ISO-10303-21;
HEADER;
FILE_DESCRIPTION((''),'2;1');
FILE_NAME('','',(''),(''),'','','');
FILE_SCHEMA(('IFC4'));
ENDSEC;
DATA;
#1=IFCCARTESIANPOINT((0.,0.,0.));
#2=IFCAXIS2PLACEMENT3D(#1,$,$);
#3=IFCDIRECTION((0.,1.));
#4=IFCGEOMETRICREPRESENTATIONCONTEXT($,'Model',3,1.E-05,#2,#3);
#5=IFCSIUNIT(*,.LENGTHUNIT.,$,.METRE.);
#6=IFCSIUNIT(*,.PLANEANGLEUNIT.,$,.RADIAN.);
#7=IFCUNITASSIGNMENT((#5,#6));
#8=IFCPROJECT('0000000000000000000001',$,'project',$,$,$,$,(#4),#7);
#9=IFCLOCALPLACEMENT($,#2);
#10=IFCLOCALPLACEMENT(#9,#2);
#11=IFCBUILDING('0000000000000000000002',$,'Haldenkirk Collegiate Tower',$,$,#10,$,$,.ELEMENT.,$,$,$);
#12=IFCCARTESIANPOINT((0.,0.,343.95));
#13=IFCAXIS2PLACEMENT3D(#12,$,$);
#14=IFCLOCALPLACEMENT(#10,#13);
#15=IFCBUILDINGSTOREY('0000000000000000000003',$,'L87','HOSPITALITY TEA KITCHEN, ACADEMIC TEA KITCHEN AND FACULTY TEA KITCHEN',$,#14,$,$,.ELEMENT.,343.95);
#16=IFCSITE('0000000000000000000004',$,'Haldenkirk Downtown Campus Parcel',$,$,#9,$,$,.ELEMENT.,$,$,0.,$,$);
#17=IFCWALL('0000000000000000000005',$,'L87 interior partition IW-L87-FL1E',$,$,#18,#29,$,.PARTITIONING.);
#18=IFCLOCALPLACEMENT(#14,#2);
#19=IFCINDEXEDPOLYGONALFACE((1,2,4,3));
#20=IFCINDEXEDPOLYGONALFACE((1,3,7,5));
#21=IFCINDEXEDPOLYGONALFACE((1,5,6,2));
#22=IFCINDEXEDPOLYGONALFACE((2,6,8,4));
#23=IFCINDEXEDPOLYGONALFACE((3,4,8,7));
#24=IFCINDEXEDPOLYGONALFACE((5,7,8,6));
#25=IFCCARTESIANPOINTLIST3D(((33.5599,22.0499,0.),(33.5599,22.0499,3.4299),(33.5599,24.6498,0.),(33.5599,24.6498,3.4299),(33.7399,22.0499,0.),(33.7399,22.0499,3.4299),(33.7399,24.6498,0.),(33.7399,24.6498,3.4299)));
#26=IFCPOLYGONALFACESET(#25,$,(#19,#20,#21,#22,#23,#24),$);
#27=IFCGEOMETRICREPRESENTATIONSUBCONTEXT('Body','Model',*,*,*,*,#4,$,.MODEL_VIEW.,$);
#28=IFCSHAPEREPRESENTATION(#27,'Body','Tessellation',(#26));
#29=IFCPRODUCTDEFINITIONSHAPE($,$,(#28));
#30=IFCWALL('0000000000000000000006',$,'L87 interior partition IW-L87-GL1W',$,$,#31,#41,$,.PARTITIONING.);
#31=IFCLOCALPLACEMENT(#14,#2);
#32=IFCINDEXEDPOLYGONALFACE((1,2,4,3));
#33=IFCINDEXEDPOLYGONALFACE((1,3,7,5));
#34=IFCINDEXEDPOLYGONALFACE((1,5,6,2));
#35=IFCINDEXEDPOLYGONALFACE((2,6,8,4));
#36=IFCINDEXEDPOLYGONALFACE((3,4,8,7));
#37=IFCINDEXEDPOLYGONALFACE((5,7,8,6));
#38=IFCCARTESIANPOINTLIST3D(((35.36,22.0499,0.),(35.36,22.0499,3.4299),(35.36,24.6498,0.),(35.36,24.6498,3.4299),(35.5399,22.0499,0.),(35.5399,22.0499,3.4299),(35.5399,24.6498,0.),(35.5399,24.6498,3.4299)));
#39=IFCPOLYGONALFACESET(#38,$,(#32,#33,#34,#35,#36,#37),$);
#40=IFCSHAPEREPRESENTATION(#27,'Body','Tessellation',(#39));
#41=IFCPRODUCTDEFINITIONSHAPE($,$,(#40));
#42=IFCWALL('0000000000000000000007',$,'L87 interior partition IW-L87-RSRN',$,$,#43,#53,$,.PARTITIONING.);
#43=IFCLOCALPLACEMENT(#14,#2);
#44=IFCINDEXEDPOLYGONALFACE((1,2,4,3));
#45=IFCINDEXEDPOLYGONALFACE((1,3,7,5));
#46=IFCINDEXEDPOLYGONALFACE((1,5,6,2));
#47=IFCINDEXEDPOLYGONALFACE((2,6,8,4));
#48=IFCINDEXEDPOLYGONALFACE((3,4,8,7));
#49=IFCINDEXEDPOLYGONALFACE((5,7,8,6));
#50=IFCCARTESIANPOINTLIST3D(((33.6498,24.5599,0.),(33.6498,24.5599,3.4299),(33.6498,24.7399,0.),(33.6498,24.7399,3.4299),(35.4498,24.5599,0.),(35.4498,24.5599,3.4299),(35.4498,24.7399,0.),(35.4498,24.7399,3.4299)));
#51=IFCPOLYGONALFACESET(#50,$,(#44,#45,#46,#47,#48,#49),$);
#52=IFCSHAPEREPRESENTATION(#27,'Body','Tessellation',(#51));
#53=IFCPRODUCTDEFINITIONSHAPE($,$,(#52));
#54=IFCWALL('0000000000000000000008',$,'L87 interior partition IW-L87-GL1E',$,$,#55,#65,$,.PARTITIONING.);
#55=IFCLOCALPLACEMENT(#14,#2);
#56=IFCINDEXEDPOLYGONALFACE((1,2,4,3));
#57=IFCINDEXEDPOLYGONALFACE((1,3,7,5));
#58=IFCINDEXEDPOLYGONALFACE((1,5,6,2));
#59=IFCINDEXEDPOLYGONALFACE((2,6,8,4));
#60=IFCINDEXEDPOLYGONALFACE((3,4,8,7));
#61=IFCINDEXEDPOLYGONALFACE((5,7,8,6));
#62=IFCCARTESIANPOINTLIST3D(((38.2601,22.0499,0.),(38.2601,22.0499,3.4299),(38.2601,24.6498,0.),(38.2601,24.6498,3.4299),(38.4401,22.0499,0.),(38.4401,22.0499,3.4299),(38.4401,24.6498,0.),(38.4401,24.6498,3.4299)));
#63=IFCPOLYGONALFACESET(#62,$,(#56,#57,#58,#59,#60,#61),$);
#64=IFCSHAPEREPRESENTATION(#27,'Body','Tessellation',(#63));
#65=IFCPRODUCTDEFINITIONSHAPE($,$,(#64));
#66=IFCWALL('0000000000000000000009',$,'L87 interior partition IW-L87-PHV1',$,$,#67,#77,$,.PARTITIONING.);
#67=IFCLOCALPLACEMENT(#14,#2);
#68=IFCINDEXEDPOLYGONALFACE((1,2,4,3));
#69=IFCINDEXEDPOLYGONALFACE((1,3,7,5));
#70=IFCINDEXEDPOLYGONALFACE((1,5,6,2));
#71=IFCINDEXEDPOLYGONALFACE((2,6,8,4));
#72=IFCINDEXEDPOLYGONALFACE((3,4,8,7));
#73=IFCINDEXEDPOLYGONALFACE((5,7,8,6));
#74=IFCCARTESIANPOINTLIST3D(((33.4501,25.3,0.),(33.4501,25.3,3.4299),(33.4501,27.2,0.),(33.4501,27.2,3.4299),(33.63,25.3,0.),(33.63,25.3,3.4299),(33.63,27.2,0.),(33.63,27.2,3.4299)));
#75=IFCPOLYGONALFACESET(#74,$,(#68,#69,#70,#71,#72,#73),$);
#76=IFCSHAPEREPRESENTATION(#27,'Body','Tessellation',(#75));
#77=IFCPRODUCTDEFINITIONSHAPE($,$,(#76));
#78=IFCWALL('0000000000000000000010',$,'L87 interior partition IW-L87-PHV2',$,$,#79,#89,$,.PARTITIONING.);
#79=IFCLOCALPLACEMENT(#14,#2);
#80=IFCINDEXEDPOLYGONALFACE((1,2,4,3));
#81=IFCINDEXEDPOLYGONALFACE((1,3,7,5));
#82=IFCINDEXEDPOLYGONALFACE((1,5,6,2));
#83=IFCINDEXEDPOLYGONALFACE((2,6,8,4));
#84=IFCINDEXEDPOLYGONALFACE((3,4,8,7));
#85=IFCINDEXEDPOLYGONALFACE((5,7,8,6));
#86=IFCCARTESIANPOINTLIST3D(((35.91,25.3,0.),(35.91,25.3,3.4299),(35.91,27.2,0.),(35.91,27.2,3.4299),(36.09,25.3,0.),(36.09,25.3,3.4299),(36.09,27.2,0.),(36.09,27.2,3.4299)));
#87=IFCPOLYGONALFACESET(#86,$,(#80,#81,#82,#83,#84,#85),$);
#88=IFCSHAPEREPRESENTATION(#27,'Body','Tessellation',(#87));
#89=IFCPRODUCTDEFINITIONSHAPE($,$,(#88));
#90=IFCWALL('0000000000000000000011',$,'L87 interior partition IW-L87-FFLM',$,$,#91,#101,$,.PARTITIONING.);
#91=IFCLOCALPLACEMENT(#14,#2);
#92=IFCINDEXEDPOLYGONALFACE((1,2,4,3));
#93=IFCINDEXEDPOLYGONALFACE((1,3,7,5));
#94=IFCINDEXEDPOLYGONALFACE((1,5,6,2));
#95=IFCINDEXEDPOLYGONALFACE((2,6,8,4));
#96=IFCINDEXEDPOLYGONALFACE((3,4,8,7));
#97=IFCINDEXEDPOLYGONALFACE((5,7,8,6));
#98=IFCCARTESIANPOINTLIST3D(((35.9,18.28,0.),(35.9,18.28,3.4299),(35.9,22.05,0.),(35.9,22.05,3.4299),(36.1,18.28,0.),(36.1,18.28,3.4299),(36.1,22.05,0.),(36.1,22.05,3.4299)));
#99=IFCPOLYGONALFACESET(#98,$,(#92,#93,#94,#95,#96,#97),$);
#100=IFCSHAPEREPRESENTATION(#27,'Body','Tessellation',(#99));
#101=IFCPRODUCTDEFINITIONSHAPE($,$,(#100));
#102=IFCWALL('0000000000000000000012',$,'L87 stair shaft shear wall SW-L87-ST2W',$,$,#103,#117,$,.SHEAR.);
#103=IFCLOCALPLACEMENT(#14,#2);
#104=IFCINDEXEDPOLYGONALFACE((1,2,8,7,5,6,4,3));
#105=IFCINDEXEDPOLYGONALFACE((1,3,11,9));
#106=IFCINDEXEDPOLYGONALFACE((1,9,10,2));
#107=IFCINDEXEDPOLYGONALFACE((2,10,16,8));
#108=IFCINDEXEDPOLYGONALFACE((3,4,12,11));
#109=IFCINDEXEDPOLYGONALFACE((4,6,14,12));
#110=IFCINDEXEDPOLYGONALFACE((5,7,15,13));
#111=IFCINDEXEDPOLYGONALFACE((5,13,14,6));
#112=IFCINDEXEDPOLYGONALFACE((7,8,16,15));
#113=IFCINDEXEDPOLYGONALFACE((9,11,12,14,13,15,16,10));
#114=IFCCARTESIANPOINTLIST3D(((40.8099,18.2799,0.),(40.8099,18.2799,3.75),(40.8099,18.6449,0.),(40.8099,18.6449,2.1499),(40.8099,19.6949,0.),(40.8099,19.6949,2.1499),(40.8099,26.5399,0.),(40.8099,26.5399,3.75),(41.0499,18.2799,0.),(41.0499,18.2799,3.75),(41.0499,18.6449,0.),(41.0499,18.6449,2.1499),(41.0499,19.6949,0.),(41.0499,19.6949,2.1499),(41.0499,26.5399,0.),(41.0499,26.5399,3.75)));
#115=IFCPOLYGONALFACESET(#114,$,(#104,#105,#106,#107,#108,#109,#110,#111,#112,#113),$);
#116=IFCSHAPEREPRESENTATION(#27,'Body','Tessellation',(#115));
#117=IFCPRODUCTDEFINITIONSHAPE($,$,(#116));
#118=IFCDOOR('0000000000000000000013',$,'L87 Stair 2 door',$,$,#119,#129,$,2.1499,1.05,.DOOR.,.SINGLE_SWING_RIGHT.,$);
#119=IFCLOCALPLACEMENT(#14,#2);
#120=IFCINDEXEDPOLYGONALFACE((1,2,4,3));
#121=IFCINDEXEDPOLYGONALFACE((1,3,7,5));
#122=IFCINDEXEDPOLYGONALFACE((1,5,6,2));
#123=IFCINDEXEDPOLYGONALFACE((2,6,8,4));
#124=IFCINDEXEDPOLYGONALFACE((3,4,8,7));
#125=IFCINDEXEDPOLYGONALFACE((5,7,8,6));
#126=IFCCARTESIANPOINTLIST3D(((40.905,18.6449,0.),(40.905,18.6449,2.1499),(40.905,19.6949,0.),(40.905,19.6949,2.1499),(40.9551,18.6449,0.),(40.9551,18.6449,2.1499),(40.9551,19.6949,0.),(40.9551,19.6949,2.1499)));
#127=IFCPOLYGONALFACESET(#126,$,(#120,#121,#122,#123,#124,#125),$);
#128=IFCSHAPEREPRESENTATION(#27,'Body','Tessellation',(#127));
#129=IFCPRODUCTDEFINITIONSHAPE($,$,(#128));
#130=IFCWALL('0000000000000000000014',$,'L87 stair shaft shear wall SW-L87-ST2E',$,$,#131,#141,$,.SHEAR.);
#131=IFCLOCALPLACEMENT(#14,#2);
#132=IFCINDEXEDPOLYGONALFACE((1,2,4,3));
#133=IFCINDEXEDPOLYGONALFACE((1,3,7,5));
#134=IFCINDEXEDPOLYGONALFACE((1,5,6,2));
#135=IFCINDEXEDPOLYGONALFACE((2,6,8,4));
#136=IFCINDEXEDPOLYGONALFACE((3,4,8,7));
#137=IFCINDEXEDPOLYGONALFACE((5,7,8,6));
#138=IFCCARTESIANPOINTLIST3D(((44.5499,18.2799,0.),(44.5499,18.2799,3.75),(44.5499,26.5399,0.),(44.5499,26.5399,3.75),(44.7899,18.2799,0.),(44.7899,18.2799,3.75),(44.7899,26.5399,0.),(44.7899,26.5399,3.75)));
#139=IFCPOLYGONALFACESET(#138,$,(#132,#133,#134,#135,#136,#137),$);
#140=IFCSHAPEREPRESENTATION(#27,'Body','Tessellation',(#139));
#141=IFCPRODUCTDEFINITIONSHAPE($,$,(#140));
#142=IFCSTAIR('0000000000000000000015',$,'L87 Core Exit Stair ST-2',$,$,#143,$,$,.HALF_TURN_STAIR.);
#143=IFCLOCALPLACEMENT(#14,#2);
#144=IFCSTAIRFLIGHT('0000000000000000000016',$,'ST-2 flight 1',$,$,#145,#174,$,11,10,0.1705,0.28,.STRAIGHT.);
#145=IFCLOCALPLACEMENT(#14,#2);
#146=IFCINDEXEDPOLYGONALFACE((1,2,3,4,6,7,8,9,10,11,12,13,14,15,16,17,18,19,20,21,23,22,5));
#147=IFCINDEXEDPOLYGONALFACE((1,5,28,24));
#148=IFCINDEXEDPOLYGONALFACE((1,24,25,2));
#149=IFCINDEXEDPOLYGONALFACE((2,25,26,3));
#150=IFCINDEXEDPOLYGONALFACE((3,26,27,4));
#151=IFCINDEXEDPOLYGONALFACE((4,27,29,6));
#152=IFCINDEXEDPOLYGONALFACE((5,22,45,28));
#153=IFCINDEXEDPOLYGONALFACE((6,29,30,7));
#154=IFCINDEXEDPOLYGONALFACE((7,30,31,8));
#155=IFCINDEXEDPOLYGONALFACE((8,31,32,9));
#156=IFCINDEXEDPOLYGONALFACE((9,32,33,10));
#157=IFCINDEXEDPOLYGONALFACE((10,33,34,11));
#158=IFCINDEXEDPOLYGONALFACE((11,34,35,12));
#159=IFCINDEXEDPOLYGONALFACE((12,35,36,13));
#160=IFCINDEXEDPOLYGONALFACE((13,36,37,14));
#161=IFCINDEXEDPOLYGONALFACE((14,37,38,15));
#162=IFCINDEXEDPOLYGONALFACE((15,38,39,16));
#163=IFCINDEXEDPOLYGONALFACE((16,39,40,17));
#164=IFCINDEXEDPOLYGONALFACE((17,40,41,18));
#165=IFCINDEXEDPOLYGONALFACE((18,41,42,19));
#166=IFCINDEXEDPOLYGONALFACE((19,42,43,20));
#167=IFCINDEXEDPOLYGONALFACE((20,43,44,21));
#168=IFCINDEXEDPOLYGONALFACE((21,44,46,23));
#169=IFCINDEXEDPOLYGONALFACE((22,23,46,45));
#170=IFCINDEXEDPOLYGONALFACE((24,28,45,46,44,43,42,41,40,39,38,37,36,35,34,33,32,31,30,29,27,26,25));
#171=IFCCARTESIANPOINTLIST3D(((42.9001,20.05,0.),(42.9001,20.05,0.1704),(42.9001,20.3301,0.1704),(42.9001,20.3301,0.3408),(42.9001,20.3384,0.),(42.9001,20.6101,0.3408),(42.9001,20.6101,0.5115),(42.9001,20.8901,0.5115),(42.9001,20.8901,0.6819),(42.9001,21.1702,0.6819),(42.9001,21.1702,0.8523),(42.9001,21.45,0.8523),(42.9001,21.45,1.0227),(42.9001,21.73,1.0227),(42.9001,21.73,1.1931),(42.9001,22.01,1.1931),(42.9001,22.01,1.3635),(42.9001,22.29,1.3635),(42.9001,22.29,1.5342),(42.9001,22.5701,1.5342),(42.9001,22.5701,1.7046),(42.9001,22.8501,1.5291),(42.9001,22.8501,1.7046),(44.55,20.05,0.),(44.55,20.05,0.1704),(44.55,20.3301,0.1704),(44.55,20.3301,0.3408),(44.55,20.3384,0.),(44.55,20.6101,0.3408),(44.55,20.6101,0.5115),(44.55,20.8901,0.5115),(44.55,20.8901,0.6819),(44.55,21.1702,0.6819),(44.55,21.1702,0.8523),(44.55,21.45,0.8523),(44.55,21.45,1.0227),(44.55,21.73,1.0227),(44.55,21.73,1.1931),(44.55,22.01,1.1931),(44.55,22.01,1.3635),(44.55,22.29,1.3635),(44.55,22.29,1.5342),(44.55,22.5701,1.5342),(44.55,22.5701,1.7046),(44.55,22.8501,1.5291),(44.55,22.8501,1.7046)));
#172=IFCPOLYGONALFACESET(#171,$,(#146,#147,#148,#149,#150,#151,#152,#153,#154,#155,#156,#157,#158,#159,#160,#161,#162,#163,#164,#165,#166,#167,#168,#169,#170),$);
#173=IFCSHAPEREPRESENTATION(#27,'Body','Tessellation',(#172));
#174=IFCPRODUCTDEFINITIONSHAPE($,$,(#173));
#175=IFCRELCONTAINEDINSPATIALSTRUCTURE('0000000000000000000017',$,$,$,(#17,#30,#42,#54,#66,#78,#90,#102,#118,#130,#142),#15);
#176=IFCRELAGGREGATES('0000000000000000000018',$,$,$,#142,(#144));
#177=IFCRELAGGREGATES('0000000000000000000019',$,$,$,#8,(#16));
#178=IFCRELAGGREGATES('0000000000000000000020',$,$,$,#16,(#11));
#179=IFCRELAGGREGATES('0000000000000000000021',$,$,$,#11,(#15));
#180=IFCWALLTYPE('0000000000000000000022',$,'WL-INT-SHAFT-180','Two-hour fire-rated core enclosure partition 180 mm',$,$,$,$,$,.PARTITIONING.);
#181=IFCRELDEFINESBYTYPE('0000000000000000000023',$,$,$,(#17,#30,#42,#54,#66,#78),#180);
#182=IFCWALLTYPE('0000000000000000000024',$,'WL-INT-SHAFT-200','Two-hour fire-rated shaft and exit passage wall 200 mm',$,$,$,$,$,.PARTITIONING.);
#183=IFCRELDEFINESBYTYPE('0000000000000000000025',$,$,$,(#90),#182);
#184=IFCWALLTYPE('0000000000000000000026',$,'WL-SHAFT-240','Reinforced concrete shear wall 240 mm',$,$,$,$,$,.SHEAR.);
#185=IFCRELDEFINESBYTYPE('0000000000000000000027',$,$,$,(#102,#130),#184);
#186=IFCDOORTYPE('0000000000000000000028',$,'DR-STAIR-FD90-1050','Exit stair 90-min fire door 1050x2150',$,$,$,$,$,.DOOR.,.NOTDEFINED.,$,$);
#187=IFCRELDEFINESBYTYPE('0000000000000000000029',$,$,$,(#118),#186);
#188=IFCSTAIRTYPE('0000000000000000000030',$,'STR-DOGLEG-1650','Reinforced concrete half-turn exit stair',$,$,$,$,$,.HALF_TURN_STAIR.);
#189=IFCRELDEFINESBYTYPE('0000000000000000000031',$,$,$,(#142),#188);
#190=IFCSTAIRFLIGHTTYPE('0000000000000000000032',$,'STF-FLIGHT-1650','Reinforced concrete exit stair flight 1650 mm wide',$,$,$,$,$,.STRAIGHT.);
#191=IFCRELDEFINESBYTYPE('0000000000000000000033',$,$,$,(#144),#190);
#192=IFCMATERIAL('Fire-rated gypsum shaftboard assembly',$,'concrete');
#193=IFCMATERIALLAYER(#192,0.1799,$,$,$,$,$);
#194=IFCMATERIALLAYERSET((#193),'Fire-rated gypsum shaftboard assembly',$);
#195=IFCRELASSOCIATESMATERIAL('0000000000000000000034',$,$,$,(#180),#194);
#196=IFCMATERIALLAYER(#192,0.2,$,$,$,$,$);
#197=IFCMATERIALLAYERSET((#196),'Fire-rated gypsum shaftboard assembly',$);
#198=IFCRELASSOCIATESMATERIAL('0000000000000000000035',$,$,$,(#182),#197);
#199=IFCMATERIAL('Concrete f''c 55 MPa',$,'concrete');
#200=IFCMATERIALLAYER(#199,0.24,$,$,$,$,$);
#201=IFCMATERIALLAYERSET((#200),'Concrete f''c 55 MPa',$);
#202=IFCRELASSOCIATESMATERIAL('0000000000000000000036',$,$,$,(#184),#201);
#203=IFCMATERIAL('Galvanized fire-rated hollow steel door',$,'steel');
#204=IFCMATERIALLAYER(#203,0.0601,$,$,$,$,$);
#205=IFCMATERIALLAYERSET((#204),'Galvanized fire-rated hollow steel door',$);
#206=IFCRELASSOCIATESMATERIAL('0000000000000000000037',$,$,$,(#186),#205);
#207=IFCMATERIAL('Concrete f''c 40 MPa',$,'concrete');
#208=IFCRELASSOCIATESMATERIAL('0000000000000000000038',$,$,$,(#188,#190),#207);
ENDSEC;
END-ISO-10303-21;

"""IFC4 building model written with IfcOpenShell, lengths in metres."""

from ifc_helpers import new_model, si_unit, direction, frame, frame_2d, origin, place, context, subcontext, project, spatial, polyline, rectangle, outline, extrude, material, layer, layer_set, type_object, element, fill, aggregate, save


model = new_model("IFC4")

# Units and contexts
model_context = context("Model", 3, precision=1e-05, world=origin(), true_north=direction((0.0, 1.0)))
body_context = subcontext(model_context, "Body", "Model", "MODEL_VIEW")
ifc_project = project(units=[si_unit("LENGTHUNIT", "METRE"), si_unit("PLANEANGLEUNIT", "RADIAN")], contexts=[model_context])

# Site, building, storey
site_placement = place(None, origin())
site = spatial("IfcSite", under=ifc_project, at=site_placement, Name="Haldenkirk Downtown Campus Parcel", CompositionType="ELEMENT", RefElevation=0.0)
building_placement = place(site_placement, origin())
building = spatial("IfcBuilding", under=site, at=building_placement, Name="Haldenkirk Collegiate Tower", CompositionType="ELEMENT")
storey_placement = place(building_placement, frame((0.0, 0.0, 343.95)))
storey = spatial("IfcBuildingStorey", under=building, at=storey_placement, Name="L87", Description="HOSPITALITY TEA KITCHEN, ACADEMIC TEA KITCHEN AND FACULTY TEA KITCHEN", CompositionType="ELEMENT", Elevation=343.95)

# Walls
ifc_material_1 = material(Name="Fire-rated gypsum shaftboard assembly", Category="concrete")
ifc_layer_1 = layer(ifc_material_1, 0.1799)
ifc_layer_set_1 = layer_set([ifc_layer_1], Name="Fire-rated gypsum shaftboard assembly")
wall_type_1 = type_object("IfcWallType", Name="WL-INT-SHAFT-180", Description="Two-hour fire-rated core enclosure partition 180 mm", PredefinedType="PARTITIONING", material=ifc_layer_set_1)
for number, where, z_axis, x_axis, name in (
    (1, (33.6499, 22.05, 0.0), (0.0, 0.0, 1.0), (0.0, 1.0, 0.0), "L87 interior partition IW-L87-FL1E"),
    (2, (35.45, 22.05, 0.0), (0.0, 0.0, 1.0), (0.0, 1.0, 0.0), "L87 interior partition IW-L87-GL1W"),
):
    element("IfcWall", number, at=place(storey_placement, frame(where, z_axis=z_axis, x_axis=x_axis)), inside=storey, type_object=wall_type_1, Name=name, PredefinedType="PARTITIONING", context=body_context, shape_type="SweptSolid", body=[
        extrude(rectangle(XDim=2.5999, YDim=0.1799, at=frame_2d((1.2998, 0.0))), origin(), (0.0, 0.0, 1.0), 3.4299),
    ])
wall_1_placement = place(storey_placement, frame((33.6499, 24.6499, 0.0), z_axis=(0.0, 0.0, 1.0), x_axis=(1.0, 0.0, 0.0)))
element("IfcWall", 3, at=wall_1_placement, inside=storey, type_object=wall_type_1, Name="L87 interior partition IW-L87-RSRN", PredefinedType="PARTITIONING", context=body_context, shape_type="SweptSolid", body=[
    extrude(rectangle(XDim=1.8, YDim=0.1799, at=frame_2d((0.8999, 0.0))), origin(), (0.0, 0.0, 1.0), 3.4299),
])
wall_2_placement = place(storey_placement, frame((38.3501, 22.05, 0.0), z_axis=(0.0, 0.0, 1.0), x_axis=(0.0, 1.0, 0.0)))
element("IfcWall", 4, at=wall_2_placement, inside=storey, type_object=wall_type_1, Name="L87 interior partition IW-L87-GL1E", PredefinedType="PARTITIONING", context=body_context, shape_type="SweptSolid", body=[
    extrude(rectangle(XDim=2.5999, YDim=0.1799, at=frame_2d((1.2998, 0.0))), origin(), (0.0, 0.0, 1.0), 3.4299),
])
for number, where, z_axis, x_axis, name in (
    (5, (33.54, 25.3, 0.0), (0.0, 0.0, 1.0), (0.0, 1.0, 0.0), "L87 interior partition IW-L87-PHV1"),
    (6, (36.0, 25.3, 0.0), (0.0, 0.0, 1.0), (0.0, 1.0, 0.0), "L87 interior partition IW-L87-PHV2"),
):
    element("IfcWall", number, at=place(storey_placement, frame(where, z_axis=z_axis, x_axis=x_axis)), inside=storey, type_object=wall_type_1, Name=name, PredefinedType="PARTITIONING", context=body_context, shape_type="SweptSolid", body=[
        extrude(rectangle(XDim=1.8999, YDim=0.1799, at=frame_2d((0.95, 0.0))), origin(), (0.0, 0.0, 1.0), 3.4299),
    ])
ifc_layer_2 = layer(ifc_material_1, 0.2)
ifc_layer_set_2 = layer_set([ifc_layer_2], Name="Fire-rated gypsum shaftboard assembly")
wall_type_2 = type_object("IfcWallType", Name="WL-INT-SHAFT-200", Description="Two-hour fire-rated shaft and exit passage wall 200 mm", PredefinedType="PARTITIONING", material=ifc_layer_set_2)
wall_3_placement = place(storey_placement, frame((36.0, 18.28, 0.0), z_axis=(0.0, 0.0, 1.0), x_axis=(0.0, 1.0, 0.0)))
element("IfcWall", 7, at=wall_3_placement, inside=storey, type_object=wall_type_2, Name="L87 interior partition IW-L87-FFLM", PredefinedType="PARTITIONING", context=body_context, shape_type="SweptSolid", body=[
    extrude(rectangle(XDim=3.77, YDim=0.2, at=frame_2d((1.885, 0.0))), origin(), (0.0, 0.0, 1.0), 3.4299),
])

# Wall, opening, door
ifc_material_2 = material(Name="Concrete f'c 55 MPa", Category="concrete")
ifc_layer_3 = layer(ifc_material_2, 0.24)
ifc_layer_set_3 = layer_set([ifc_layer_3], Name="Concrete f'c 55 MPa")
wall_type_3 = type_object("IfcWallType", Name="WL-SHAFT-240", Description="Reinforced concrete shear wall 240 mm", PredefinedType="SHEAR", material=ifc_layer_set_3)
wall_4_placement = place(storey_placement, frame((40.9299, 18.28, 0.0), z_axis=(0.0, 0.0, 1.0), x_axis=(0.0, 1.0, 0.0)))
wall_4 = element("IfcWall", 8, at=wall_4_placement, inside=storey, type_object=wall_type_3, Name="L87 stair shaft shear wall SW-L87-ST2W", PredefinedType="SHEAR", context=body_context, shape_type="SweptSolid", body=[
    extrude(rectangle(XDim=8.26, YDim=0.24, at=frame_2d((4.1299, 0.0))), origin(), (0.0, 0.0, 1.0), 3.75),
])
opening_1_placement = place(wall_4_placement, frame((0.365, 0.0, 0.0)))
opening_1 = element("IfcOpeningElement", 9, at=opening_1_placement, cuts=wall_4, PredefinedType="OPENING", context=body_context, shape_type="SweptSolid", body=[
    extrude(rectangle(XDim=1.05, YDim=2.1499, at=frame_2d((0.5249, 1.075))), frame((0.0, 0.1299, 0.0), z_axis=(0.0, -1.0, 0.0), x_axis=(1.0, 0.0, 0.0)), (0.0, 0.0, 1.0), 0.26),
])
ifc_material_3 = material(Name="Galvanized fire-rated hollow steel door", Category="steel")
ifc_layer_4 = layer(ifc_material_3, 0.0601)
ifc_layer_set_4 = layer_set([ifc_layer_4], Name="Galvanized fire-rated hollow steel door")
door_type_1 = type_object("IfcDoorType", Name="DR-STAIR-FD90-1050", Description="Exit stair 90-min fire door 1050x2150", OperationType="NOTDEFINED", PredefinedType="DOOR", material=ifc_layer_set_4)
door_1_placement = place(opening_1_placement, origin())
door_1 = element("IfcDoor", 10, at=door_1_placement, inside=storey, type_object=door_type_1, Name="L87 Stair 2 door", OperationType="SINGLE_SWING_RIGHT", OverallHeight=2.1499, OverallWidth=1.05, PredefinedType="DOOR", context=body_context, shape_type="SweptSolid", body=[
    extrude(rectangle(XDim=1.05, YDim=2.1499, at=frame_2d((0.5249, 1.075))), frame((0.0, 0.0249, 0.0), z_axis=(0.0, -1.0, 0.0), x_axis=(1.0, 0.0, 0.0)), (0.0, 0.0, 1.0), 0.05),
])
fill(opening_1, door_1)

# Wall
wall_5_placement = place(storey_placement, frame((44.6699, 18.28, 0.0), z_axis=(0.0, 0.0, 1.0), x_axis=(0.0, 1.0, 0.0)))
element("IfcWall", 11, at=wall_5_placement, inside=storey, type_object=wall_type_3, Name="L87 stair shaft shear wall SW-L87-ST2E", PredefinedType="SHEAR", context=body_context, shape_type="SweptSolid", body=[
    extrude(rectangle(XDim=8.26, YDim=0.24, at=frame_2d((4.1299, 0.0))), origin(), (0.0, 0.0, 1.0), 3.75),
])

# Stair, stair flight
ifc_material_4 = material(Name="Concrete f'c 40 MPa", Category="concrete")
stair_type = type_object("IfcStairType", Name="STR-DOGLEG-1650", Description="Reinforced concrete half-turn exit stair", PredefinedType="HALF_TURN_STAIR", material=ifc_material_4)
stair_placement = place(storey_placement, origin())
stair = element("IfcStair", 12, at=stair_placement, inside=storey, type_object=stair_type, Name="L87 Core Exit Stair ST-2", PredefinedType="HALF_TURN_STAIR")
stair_flight_type = type_object("IfcStairFlightType", Name="STF-FLIGHT-1650", Description="Reinforced concrete exit stair flight 1650 mm wide", PredefinedType="STRAIGHT", material=ifc_material_4)
stair_flight_1_placement = place(storey_placement, frame((43.7251, 20.05, 0.0), z_axis=(0.0, 0.0, 1.0), x_axis=(0.0, 1.0, 0.0)))
stair_flight_1 = element("IfcStairFlight", 13, at=stair_flight_1_placement, type_object=stair_flight_type, Name="ST-2 flight 1", NumberOfRisers=11, NumberOfTreads=10, PredefinedType="STRAIGHT", RiserHeight=0.1705, TreadLength=0.28, context=body_context, shape_type="SweptSolid", body=[
    extrude(outline(polyline([(0.0, 0.0), (0.0, 0.1704), (0.28, 0.1704), (0.28, 0.3408), (0.5601, 0.3408), (0.5601, 0.5115), (0.8401, 0.5115), (0.8401, 0.6819), (1.1201, 0.6819), (1.1201, 0.8523), (1.3999, 0.8523), (1.3999, 1.0227), (1.6799, 1.0227), (1.6799, 1.1931), (1.96, 1.1931), (1.96, 1.3635), (2.24, 1.3635), (2.24, 1.5342), (2.52, 1.5342), (2.52, 1.7046), (2.8, 1.7046), (2.8, 1.875), (2.8, 1.5291), (0.2883, 0.0), (0.0, 0.0)])), frame((0.0, 0.825, 0.0), z_axis=(0.0, -1.0, 0.0), x_axis=(1.0, 0.0, 0.0)), (0.0, 0.0, 1.0), 1.6499),
])
aggregate(stair, [stair_flight_1])

save(model, "model.ifc")
